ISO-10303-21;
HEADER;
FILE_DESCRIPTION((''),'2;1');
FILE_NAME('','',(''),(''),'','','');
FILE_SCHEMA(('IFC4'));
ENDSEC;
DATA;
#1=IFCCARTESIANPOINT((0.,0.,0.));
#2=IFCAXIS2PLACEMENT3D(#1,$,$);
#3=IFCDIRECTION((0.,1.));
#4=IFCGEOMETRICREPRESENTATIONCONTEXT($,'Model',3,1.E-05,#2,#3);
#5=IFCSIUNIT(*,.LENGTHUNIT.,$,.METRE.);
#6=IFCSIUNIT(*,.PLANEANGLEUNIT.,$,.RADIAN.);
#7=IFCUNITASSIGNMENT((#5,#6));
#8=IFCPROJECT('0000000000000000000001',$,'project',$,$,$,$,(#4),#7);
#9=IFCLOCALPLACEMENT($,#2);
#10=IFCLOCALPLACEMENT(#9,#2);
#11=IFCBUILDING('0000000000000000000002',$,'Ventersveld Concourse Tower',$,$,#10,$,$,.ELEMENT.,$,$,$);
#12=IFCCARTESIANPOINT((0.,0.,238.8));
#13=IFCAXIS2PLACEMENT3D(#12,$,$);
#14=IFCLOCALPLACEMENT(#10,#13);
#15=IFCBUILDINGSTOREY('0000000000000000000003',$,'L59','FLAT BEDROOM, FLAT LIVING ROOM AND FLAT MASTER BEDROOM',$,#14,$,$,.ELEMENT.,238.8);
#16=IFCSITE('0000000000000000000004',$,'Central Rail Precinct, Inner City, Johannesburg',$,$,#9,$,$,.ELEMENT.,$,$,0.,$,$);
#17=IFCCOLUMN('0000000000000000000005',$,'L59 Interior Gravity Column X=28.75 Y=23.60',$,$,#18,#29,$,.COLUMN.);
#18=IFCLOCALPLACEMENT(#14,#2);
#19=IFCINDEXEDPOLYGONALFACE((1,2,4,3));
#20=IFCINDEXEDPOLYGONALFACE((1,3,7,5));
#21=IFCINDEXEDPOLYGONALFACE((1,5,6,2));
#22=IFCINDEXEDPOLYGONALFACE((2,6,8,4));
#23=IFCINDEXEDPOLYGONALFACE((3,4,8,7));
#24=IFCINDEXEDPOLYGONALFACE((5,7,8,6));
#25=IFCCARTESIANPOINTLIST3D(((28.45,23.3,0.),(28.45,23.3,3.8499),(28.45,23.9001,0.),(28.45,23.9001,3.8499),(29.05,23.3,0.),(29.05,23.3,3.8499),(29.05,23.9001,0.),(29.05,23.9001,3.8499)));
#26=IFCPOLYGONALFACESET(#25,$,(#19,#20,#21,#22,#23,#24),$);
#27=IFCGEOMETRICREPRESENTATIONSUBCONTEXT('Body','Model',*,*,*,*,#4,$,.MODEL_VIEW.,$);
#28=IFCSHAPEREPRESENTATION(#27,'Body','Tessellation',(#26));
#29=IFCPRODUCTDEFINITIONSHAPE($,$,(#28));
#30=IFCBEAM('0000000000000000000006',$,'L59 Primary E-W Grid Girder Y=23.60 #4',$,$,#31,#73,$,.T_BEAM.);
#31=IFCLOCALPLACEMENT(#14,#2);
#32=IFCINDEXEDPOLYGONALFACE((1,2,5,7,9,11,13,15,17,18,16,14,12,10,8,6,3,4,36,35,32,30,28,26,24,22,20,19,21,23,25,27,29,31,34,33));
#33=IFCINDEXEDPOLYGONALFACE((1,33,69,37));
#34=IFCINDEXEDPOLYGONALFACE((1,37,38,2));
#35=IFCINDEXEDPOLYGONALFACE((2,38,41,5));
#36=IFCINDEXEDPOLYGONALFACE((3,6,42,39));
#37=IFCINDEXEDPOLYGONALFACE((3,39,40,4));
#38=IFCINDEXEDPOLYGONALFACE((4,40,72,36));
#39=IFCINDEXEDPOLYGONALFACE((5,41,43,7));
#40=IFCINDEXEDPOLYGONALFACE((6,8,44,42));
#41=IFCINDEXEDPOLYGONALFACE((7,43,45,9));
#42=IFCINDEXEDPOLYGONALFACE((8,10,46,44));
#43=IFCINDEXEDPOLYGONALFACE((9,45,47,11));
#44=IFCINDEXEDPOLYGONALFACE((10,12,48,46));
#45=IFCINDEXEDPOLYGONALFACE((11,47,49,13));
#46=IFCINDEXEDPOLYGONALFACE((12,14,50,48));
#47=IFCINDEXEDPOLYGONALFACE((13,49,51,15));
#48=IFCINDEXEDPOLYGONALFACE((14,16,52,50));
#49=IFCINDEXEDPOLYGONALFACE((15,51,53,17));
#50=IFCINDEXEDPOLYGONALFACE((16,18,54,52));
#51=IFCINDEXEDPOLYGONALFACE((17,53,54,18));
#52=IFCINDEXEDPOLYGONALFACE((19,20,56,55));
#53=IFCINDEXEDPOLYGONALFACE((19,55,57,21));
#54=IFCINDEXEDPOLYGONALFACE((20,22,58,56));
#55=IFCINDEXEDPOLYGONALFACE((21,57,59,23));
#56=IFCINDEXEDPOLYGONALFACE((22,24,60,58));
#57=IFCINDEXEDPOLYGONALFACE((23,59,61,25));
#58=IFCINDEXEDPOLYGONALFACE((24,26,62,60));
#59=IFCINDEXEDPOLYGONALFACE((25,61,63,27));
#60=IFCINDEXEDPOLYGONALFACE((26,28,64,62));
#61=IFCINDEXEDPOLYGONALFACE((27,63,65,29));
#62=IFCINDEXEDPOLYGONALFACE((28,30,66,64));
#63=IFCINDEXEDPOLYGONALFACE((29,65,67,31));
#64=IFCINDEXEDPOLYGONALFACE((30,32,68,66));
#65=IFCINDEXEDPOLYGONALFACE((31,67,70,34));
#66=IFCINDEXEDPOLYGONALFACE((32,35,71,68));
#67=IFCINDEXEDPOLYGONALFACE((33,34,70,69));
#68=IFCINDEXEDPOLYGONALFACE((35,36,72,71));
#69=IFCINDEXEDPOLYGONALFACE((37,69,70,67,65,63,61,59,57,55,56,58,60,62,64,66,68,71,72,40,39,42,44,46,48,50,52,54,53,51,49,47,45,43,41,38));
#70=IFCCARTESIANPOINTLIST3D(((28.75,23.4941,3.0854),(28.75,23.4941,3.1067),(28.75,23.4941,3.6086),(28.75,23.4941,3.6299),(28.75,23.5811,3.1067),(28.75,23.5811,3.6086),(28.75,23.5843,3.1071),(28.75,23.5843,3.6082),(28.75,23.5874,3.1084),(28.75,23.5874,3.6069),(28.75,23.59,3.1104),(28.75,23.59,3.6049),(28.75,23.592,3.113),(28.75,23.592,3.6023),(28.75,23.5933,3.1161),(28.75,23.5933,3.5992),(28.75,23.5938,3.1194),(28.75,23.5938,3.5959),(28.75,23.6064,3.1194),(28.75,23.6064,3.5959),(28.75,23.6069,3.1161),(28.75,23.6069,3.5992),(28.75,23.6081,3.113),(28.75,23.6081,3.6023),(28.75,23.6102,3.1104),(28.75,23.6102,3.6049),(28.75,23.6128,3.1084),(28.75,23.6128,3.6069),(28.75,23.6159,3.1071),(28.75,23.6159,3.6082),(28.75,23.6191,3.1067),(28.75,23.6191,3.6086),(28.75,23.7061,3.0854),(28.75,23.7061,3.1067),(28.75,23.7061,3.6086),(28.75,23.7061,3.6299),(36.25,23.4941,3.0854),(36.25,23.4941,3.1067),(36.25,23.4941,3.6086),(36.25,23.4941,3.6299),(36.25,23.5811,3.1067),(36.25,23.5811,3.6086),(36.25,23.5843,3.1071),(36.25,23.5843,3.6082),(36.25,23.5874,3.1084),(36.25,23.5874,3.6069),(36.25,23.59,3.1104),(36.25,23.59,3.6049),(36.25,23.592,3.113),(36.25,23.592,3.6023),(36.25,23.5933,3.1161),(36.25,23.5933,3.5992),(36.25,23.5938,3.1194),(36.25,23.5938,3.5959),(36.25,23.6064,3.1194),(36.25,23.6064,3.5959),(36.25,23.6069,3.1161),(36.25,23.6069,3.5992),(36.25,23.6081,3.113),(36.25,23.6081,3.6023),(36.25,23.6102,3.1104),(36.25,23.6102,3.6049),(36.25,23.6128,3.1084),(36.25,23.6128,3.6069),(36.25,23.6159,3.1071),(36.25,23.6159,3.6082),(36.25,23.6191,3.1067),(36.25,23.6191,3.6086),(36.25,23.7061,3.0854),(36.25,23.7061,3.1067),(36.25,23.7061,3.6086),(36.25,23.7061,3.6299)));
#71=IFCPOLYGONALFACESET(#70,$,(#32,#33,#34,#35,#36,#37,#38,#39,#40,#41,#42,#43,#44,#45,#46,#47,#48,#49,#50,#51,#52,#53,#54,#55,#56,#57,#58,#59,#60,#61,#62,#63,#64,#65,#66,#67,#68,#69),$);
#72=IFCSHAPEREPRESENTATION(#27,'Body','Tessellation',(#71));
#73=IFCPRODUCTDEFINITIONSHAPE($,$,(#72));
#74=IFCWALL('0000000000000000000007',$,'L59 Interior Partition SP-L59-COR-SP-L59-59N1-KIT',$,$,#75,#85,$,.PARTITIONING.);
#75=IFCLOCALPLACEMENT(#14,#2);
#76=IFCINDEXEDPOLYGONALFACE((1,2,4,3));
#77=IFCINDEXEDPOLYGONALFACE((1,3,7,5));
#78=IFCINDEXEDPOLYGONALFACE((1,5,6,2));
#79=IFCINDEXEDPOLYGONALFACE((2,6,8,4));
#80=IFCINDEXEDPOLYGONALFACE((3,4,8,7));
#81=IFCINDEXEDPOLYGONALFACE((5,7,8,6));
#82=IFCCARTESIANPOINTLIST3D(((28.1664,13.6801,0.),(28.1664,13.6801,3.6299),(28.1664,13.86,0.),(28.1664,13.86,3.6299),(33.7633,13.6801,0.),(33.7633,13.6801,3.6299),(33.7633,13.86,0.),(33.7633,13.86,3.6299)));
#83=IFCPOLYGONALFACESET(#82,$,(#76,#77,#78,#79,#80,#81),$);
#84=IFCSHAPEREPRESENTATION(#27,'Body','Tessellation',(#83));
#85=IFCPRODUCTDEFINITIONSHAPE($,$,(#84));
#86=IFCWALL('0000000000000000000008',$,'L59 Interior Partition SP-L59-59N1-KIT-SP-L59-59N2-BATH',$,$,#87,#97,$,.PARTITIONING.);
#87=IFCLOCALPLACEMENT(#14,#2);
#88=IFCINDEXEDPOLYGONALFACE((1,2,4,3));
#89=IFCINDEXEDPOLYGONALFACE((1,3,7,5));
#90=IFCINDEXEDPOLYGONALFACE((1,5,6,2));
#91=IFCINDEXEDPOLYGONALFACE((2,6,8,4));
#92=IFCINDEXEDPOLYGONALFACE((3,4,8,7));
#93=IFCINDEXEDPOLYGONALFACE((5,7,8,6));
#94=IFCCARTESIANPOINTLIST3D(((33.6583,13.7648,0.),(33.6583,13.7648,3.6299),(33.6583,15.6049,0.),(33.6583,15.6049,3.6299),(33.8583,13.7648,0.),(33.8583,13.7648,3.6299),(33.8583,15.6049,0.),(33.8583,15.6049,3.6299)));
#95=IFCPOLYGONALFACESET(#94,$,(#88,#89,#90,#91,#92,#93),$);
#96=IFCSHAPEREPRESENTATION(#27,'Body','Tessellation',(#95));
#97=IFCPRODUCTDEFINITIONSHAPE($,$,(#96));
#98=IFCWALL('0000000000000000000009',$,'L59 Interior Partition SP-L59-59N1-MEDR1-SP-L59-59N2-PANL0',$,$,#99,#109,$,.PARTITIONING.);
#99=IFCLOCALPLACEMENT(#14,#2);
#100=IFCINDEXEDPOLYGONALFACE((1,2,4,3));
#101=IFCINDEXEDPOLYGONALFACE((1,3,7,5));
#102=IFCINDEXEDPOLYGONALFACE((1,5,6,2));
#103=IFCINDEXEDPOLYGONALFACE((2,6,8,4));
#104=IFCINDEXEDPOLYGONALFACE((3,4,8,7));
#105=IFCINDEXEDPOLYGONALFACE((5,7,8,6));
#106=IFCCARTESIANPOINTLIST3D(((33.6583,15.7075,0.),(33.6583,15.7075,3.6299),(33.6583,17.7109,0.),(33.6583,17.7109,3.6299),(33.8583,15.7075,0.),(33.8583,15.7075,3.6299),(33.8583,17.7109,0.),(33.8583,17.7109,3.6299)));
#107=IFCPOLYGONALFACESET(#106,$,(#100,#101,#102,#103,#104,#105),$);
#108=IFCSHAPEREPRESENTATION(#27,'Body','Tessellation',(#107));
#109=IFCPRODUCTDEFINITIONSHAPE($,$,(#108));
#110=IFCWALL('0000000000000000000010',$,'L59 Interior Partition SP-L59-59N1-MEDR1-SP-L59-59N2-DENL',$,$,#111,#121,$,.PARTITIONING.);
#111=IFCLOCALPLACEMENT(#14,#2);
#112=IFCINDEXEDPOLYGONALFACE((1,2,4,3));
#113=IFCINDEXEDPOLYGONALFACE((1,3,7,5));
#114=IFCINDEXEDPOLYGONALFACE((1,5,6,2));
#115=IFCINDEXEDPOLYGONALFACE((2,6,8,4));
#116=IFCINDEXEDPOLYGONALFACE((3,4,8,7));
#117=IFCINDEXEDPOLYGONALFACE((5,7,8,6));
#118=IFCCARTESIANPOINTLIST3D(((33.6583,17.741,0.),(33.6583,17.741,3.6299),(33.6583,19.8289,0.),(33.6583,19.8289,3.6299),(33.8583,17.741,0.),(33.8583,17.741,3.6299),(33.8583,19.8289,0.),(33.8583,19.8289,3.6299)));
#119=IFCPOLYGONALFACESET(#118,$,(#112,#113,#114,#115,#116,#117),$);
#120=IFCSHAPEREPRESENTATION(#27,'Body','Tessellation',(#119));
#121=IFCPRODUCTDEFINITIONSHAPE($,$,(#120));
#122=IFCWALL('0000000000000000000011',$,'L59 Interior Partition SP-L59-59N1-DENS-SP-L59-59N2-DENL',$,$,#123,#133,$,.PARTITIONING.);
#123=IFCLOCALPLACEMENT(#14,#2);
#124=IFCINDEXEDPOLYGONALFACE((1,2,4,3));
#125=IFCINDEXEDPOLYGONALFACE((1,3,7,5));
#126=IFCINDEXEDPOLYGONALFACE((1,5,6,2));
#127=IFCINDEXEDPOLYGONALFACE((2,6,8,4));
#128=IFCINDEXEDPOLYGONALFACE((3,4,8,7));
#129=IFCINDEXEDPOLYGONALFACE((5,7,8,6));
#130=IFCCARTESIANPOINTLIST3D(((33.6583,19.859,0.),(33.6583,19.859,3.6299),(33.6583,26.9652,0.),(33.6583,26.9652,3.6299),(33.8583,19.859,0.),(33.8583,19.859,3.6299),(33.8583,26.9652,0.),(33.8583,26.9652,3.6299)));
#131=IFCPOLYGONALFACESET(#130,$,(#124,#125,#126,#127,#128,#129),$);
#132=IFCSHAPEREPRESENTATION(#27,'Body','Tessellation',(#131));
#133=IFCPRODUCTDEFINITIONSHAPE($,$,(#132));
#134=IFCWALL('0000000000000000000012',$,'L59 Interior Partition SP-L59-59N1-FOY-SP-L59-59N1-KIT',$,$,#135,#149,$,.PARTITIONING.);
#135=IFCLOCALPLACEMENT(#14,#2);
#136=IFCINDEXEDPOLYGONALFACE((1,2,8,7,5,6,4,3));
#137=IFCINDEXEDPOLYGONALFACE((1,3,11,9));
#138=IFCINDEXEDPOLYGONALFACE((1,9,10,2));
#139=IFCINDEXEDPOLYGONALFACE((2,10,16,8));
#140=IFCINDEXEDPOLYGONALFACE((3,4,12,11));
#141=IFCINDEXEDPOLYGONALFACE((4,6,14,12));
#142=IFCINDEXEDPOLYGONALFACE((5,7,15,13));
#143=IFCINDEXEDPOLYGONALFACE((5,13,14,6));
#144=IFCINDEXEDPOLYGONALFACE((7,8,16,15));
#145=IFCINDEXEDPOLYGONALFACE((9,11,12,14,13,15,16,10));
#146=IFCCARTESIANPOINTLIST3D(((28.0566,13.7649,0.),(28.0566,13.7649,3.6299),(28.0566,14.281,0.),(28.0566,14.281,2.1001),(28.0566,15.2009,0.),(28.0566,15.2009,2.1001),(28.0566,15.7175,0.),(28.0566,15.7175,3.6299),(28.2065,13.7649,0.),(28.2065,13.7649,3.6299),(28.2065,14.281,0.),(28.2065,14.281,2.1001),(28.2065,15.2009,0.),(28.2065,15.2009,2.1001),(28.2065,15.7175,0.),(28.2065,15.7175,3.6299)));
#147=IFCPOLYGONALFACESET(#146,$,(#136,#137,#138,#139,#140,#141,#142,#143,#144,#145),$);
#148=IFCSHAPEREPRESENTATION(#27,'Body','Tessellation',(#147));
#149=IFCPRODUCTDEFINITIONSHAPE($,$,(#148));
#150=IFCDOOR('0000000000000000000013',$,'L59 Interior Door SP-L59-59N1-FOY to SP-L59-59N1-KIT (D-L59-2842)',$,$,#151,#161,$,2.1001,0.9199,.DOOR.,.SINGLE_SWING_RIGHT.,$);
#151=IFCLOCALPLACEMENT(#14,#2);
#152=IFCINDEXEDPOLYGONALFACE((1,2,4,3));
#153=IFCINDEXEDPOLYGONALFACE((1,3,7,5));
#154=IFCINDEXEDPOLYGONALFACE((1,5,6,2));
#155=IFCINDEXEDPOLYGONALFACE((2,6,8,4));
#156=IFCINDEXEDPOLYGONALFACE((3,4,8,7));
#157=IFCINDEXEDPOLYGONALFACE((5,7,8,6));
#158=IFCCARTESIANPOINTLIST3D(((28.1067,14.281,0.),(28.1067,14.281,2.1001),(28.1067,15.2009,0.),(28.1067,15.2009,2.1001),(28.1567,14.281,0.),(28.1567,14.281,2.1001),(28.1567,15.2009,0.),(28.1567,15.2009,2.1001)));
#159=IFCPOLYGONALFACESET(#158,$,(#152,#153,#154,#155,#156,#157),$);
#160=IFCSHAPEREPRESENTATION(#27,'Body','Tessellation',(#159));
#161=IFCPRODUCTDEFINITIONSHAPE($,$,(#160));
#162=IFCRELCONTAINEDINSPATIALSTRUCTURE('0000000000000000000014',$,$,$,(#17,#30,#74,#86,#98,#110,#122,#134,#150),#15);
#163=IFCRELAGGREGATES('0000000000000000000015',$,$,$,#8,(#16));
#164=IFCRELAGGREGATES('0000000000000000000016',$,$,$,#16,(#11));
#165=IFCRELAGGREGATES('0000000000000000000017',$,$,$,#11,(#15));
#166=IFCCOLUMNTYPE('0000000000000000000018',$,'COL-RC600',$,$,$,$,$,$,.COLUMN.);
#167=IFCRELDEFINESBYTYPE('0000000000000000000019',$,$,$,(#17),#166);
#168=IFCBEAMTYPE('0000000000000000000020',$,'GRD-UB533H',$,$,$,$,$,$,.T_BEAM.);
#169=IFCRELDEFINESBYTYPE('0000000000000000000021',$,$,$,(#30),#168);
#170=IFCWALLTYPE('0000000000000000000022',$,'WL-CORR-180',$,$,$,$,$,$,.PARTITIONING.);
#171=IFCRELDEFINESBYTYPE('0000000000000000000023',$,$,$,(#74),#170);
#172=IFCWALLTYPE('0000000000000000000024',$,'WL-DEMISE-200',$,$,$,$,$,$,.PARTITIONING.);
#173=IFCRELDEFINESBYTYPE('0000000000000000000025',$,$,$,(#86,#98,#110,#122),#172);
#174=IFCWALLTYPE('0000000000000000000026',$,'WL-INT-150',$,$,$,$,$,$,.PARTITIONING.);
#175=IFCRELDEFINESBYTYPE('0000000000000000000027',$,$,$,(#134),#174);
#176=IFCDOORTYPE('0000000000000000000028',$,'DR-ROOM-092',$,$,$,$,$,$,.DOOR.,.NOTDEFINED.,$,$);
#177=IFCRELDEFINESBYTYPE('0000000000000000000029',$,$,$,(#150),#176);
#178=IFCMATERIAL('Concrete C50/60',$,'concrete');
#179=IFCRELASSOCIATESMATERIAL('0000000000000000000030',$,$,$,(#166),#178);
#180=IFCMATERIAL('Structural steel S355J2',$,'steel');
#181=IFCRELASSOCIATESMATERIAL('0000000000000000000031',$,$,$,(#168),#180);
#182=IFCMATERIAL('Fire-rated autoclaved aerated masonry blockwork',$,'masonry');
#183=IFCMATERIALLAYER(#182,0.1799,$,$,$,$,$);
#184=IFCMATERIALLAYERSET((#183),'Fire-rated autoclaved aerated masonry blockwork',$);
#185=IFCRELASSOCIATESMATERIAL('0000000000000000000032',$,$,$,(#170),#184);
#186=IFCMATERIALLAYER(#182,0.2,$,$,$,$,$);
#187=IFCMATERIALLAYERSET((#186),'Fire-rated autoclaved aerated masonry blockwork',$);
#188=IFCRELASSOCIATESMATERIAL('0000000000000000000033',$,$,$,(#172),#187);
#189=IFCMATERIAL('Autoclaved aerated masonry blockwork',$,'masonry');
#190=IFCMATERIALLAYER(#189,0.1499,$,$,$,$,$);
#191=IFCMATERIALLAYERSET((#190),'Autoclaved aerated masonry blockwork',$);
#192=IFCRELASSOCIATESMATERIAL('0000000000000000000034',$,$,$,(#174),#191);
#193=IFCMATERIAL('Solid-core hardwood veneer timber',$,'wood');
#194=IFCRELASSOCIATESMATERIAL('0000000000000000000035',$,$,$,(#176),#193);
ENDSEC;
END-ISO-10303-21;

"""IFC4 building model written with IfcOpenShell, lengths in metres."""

from ifc_helpers import new_model, si_unit, direction, frame, frame_2d, origin, origin_2d, place, context, subcontext, project, spatial, rectangle, i_section, extrude, material, layer, layer_set, material_profile, profile_set, type_object, element, fill, save


model = new_model("IFC4")

# Units and contexts
model_context = context("Model", 3, precision=1e-05, world=origin(), true_north=direction((0.0, 1.0)))
body_context = subcontext(model_context, "Body", "Model", "MODEL_VIEW")
ifc_project = project(units=[si_unit("LENGTHUNIT", "METRE"), si_unit("PLANEANGLEUNIT", "RADIAN")], contexts=[model_context])

# Site, building, storey
site_placement = place(None, origin())
site = spatial("IfcSite", under=ifc_project, at=site_placement, Name="Central Rail Precinct, Inner City, Johannesburg", CompositionType="ELEMENT", RefElevation=0.0)
building_placement = place(site_placement, origin())
building = spatial("IfcBuilding", under=site, at=building_placement, Name="Ventersveld Concourse Tower", CompositionType="ELEMENT")
storey_placement = place(building_placement, frame((0.0, 0.0, 238.8)))
storey = spatial("IfcBuildingStorey", under=building, at=storey_placement, Name="L59", Description="FLAT BEDROOM, FLAT LIVING ROOM AND FLAT MASTER BEDROOM", CompositionType="ELEMENT", Elevation=238.8)

# Column
ifc_material_1 = material(Name="Concrete C50/60", Category="concrete")
ifc_material_profile_1 = material_profile(ifc_material_1, rectangle(XDim=0.6001, YDim=0.6001, at=origin_2d()), Name="RC 600x600")
ifc_profile_set_1 = profile_set([ifc_material_profile_1], Name="Concrete C50/60")
column_type = type_object("IfcColumnType", Name="COL-RC600", PredefinedType="COLUMN", material=ifc_profile_set_1)
column_placement = place(storey_placement, frame((28.75, 23.6001, 0.0), z_axis=(0.0, 0.0, 1.0), x_axis=(1.0, 0.0, 0.0)))
element("IfcColumn", 1, at=column_placement, inside=storey, type_object=column_type, Name="L59 Interior Gravity Column X=28.75 Y=23.60", PredefinedType="COLUMN", context=body_context, shape_type="SweptSolid", body=[
    extrude(rectangle(XDim=0.6001, YDim=0.6001, at=origin_2d()), origin(), (0.0, 0.0, 1.0), 3.8499),
])

# Beam
ifc_material_2 = material(Name="Structural steel S355J2", Category="steel")
ifc_material_profile_2 = material_profile(ifc_material_2, i_section(OverallWidth=0.2119, OverallDepth=0.5444, WebThickness=0.0127, FlangeThickness=0.0212, FilletRadius=0.0127, at=origin_2d()), Name="UB 533x210x122")
ifc_profile_set_2 = profile_set([ifc_material_profile_2], Name="Structural steel S355J2")
beam_type = type_object("IfcBeamType", Name="GRD-UB533H", PredefinedType="T_BEAM", material=ifc_profile_set_2)
beam_placement = place(storey_placement, frame((28.75, 23.6001, 3.3577), z_axis=(1.0, 0.0, 0.0), x_axis=(0.0, 1.0, 0.0)))
element("IfcBeam", 2, at=beam_placement, inside=storey, type_object=beam_type, Name="L59 Primary E-W Grid Girder Y=23.60 #4", PredefinedType="T_BEAM", context=body_context, shape_type="SweptSolid", body=[
    extrude(i_section(OverallWidth=0.2119, OverallDepth=0.5444, WebThickness=0.0127, FlangeThickness=0.0212, FilletRadius=0.0127, at=origin_2d()), origin(), (0.0, 0.0, 1.0), 7.5),
])

# Walls
ifc_material_3 = material(Name="Fire-rated autoclaved aerated masonry blockwork", Category="masonry")
ifc_layer_1 = layer(ifc_material_3, 0.1799)
ifc_layer_set_1 = layer_set([ifc_layer_1], Name="Fire-rated autoclaved aerated masonry blockwork")
wall_type_1 = type_object("IfcWallType", Name="WL-CORR-180", PredefinedType="PARTITIONING", material=ifc_layer_set_1)
wall_1_placement = place(storey_placement, frame((28.1665, 13.77, 0.0), z_axis=(0.0, 0.0, 1.0), x_axis=(1.0, 0.0, 0.0)))
element("IfcWall", 3, at=wall_1_placement, inside=storey, type_object=wall_type_1, Name="L59 Interior Partition SP-L59-COR-SP-L59-59N1-KIT", PredefinedType="PARTITIONING", context=body_context, shape_type="SweptSolid", body=[
    extrude(rectangle(XDim=5.5969, YDim=0.1799, at=frame_2d((2.7983, 0.0))), origin(), (0.0, 0.0, 1.0), 3.6299),
])
ifc_layer_2 = layer(ifc_material_3, 0.2)
ifc_layer_set_2 = layer_set([ifc_layer_2], Name="Fire-rated autoclaved aerated masonry blockwork")
wall_type_2 = type_object("IfcWallType", Name="WL-DEMISE-200", PredefinedType="PARTITIONING", material=ifc_layer_set_2)
wall_2_placement = place(storey_placement, frame((33.7583, 13.7649, 0.0), z_axis=(0.0, 0.0, 1.0), x_axis=(0.0, 1.0, 0.0)))
element("IfcWall", 4, at=wall_2_placement, inside=storey, type_object=wall_type_2, Name="L59 Interior Partition SP-L59-59N1-KIT-SP-L59-59N2-BATH", PredefinedType="PARTITIONING", context=body_context, shape_type="SweptSolid", body=[
    extrude(rectangle(XDim=1.8401, YDim=0.2, at=frame_2d((0.9199, 0.0))), origin(), (0.0, 0.0, 1.0), 3.6299),
])
wall_3_placement = place(storey_placement, frame((33.7583, 15.7075, 0.0), z_axis=(0.0, 0.0, 1.0), x_axis=(0.0, 1.0, 0.0)))
element("IfcWall", 5, at=wall_3_placement, inside=storey, type_object=wall_type_2, Name="L59 Interior Partition SP-L59-59N1-MEDR1-SP-L59-59N2-PANL0", PredefinedType="PARTITIONING", context=body_context, shape_type="SweptSolid", body=[
    extrude(rectangle(XDim=2.0034, YDim=0.2, at=frame_2d((1.0017, 0.0))), origin(), (0.0, 0.0, 1.0), 3.6299),
])
wall_4_placement = place(storey_placement, frame((33.7583, 17.741, 0.0), z_axis=(0.0, 0.0, 1.0), x_axis=(0.0, 1.0, 0.0)))
element("IfcWall", 6, at=wall_4_placement, inside=storey, type_object=wall_type_2, Name="L59 Interior Partition SP-L59-59N1-MEDR1-SP-L59-59N2-DENL", PredefinedType="PARTITIONING", context=body_context, shape_type="SweptSolid", body=[
    extrude(rectangle(XDim=2.0879, YDim=0.2, at=frame_2d((1.0439, 0.0))), origin(), (0.0, 0.0, 1.0), 3.6299),
])
wall_5_placement = place(storey_placement, frame((33.7583, 19.8589, 0.0), z_axis=(0.0, 0.0, 1.0), x_axis=(0.0, 1.0, 0.0)))
element("IfcWall", 7, at=wall_5_placement, inside=storey, type_object=wall_type_2, Name="L59 Interior Partition SP-L59-59N1-DENS-SP-L59-59N2-DENL", PredefinedType="PARTITIONING", context=body_context, shape_type="SweptSolid", body=[
    extrude(rectangle(XDim=7.1062, YDim=0.2, at=frame_2d((3.5532, 0.0))), origin(), (0.0, 0.0, 1.0), 3.6299),
])

# Wall, opening, door
ifc_material_4 = material(Name="Autoclaved aerated masonry blockwork", Category="masonry")
ifc_layer_3 = layer(ifc_material_4, 0.1499)
ifc_layer_set_3 = layer_set([ifc_layer_3], Name="Autoclaved aerated masonry blockwork")
wall_type_3 = type_object("IfcWallType", Name="WL-INT-150", PredefinedType="PARTITIONING", material=ifc_layer_set_3)
wall_6_placement = place(storey_placement, frame((28.1316, 13.7649, 0.0), z_axis=(0.0, 0.0, 1.0), x_axis=(0.0, 1.0, 0.0)))
wall_6 = element("IfcWall", 8, at=wall_6_placement, inside=storey, type_object=wall_type_3, Name="L59 Interior Partition SP-L59-59N1-FOY-SP-L59-59N1-KIT", PredefinedType="PARTITIONING", context=body_context, shape_type="SweptSolid", body=[
    extrude(rectangle(XDim=1.9526, YDim=0.1499, at=frame_2d((0.9763, 0.0))), origin(), (0.0, 0.0, 1.0), 3.6299),
])
opening_1_placement = place(wall_6_placement, frame((0.5161, 0.0, 0.0)))
opening_1 = element("IfcOpeningElement", 9, at=opening_1_placement, cuts=wall_6, PredefinedType="OPENING", context=body_context, shape_type="SweptSolid", body=[
    extrude(rectangle(XDim=0.9199, YDim=2.1001, at=frame_2d((0.46, 1.05))), frame((0.0, 0.085, 0.0), z_axis=(0.0, -1.0, 0.0), x_axis=(1.0, 0.0, 0.0)), (0.0, 0.0, 1.0), 0.1699),
])
ifc_material_5 = material(Name="Solid-core hardwood veneer timber", Category="wood")
door_type = type_object("IfcDoorType", Name="DR-ROOM-092", OperationType="NOTDEFINED", PredefinedType="DOOR", material=ifc_material_5)
door_1_placement = place(opening_1_placement, origin())
door_1 = element("IfcDoor", 10, at=door_1_placement, inside=storey, type_object=door_type, Name="L59 Interior Door SP-L59-59N1-FOY to SP-L59-59N1-KIT (D-L59-2842)", OperationType="SINGLE_SWING_RIGHT", OverallHeight=2.1001, OverallWidth=0.9199, PredefinedType="DOOR", context=body_context, shape_type="SweptSolid", body=[
    extrude(rectangle(XDim=0.9199, YDim=2.1001, at=frame_2d((0.46, 1.05))), frame((0.0, 0.0249, 0.0), z_axis=(0.0, -1.0, 0.0), x_axis=(1.0, 0.0, 0.0)), (0.0, 0.0, 1.0), 0.05),
])
fill(opening_1, door_1)

save(model, "model.ifc")
